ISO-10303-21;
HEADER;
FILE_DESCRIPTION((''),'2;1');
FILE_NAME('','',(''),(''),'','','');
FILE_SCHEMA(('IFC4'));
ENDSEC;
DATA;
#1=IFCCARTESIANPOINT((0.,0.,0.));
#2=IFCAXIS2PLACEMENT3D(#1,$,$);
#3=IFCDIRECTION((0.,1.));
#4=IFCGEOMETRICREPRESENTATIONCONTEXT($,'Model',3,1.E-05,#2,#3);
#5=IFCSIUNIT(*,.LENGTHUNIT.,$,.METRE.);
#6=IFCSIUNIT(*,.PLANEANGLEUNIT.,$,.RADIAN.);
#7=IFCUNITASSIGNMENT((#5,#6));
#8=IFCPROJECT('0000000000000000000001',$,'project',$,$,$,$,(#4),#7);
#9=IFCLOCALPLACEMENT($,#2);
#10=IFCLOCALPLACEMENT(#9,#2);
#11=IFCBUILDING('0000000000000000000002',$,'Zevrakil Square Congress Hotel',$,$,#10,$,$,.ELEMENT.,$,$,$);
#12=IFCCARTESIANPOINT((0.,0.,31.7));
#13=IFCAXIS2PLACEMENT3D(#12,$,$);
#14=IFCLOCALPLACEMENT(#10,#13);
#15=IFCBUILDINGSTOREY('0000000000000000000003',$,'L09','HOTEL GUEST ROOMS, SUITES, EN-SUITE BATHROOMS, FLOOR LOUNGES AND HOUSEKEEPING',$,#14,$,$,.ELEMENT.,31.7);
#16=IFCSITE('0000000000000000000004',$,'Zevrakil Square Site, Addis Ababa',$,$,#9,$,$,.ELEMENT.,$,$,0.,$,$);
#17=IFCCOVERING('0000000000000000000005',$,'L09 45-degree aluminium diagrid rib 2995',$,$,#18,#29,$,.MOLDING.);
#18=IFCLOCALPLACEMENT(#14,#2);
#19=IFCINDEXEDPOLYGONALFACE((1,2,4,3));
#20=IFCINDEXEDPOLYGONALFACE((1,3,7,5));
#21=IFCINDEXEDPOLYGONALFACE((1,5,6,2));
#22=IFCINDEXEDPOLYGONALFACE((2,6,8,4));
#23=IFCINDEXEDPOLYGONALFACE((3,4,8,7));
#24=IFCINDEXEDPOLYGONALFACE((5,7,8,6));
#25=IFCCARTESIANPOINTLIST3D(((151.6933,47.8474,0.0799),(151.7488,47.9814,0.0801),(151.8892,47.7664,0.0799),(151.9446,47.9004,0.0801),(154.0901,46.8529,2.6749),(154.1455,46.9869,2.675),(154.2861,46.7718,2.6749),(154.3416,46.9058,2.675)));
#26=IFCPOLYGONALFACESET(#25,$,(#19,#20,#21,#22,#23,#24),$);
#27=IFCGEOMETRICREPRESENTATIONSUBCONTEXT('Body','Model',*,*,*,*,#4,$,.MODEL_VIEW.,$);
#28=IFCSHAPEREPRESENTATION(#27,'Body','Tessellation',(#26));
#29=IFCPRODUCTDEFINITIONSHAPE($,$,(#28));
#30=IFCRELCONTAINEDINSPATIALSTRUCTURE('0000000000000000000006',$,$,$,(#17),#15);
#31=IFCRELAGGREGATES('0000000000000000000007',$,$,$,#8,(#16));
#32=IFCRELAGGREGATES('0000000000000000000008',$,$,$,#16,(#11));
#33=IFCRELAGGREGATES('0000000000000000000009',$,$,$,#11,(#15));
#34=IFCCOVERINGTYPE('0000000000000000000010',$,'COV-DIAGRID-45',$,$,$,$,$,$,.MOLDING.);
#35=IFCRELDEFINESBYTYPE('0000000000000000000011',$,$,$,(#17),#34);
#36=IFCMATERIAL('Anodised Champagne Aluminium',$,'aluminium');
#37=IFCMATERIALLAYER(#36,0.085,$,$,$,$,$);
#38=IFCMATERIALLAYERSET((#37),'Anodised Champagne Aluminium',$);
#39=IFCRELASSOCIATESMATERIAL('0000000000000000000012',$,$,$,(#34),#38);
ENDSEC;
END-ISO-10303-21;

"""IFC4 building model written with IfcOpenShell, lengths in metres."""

from ifc_helpers import new_model, si_unit, direction, frame, origin, place, context, subcontext, project, spatial, polyline, outline, extrude, material, layer, layer_set, type_object, element, save


model = new_model("IFC4")

# Units and contexts
model_context = context("Model", 3, precision=1e-05, world=origin(), true_north=direction((0.0, 1.0)))
body_context = subcontext(model_context, "Body", "Model", "MODEL_VIEW")
ifc_project = project(units=[si_unit("LENGTHUNIT", "METRE"), si_unit("PLANEANGLEUNIT", "RADIAN")], contexts=[model_context])

# Site, building, storey
site_placement = place(None, origin())
site = spatial("IfcSite", under=ifc_project, at=site_placement, Name="Zevrakil Square Site, Addis Ababa", CompositionType="ELEMENT", RefElevation=0.0)
building_placement = place(site_placement, origin())
building = spatial("IfcBuilding", under=site, at=building_placement, Name="Zevrakil Square Congress Hotel", CompositionType="ELEMENT")
storey_placement = place(building_placement, frame((0.0, 0.0, 31.7)))
storey = spatial("IfcBuildingStorey", under=building, at=storey_placement, Name="L09", Description="HOTEL GUEST ROOMS, SUITES, EN-SUITE BATHROOMS, FLOOR LOUNGES AND HOUSEKEEPING", CompositionType="ELEMENT", Elevation=31.7)

# Covering
ifc_material_1 = material(Name="Anodised Champagne Aluminium", Category="aluminium")
ifc_layer_1 = layer(ifc_material_1, 0.085)
ifc_layer_set_1 = layer_set([ifc_layer_1], Name="Anodised Champagne Aluminium")
covering_type_1 = type_object("IfcCoveringType", Name="COV-DIAGRID-45", PredefinedType="MOLDING", material=ifc_layer_set_1)
covering_1_placement = place(storey_placement, frame((154.3416, 46.9058, 2.675), z_axis=(0.382284, 0.924044, 0.001081), x_axis=(-0.924045, 0.382284, 0.0)))
element("IfcCovering", 1, at=covering_1_placement, inside=storey, type_object=covering_type_1, Name="L09 45-degree aluminium diagrid rib 2995", PredefinedType="MOLDING", context=body_context, shape_type="SweptSolid", body=[
    extrude(outline(polyline([(0.0, 0.0), (0.2121, 0.0), (2.8071, -2.595), (2.5951, -2.595), (0.0, 0.0)])), origin(), (0.0, 0.0, -1.0), 0.145),
])

save(model, "model.ifc")
